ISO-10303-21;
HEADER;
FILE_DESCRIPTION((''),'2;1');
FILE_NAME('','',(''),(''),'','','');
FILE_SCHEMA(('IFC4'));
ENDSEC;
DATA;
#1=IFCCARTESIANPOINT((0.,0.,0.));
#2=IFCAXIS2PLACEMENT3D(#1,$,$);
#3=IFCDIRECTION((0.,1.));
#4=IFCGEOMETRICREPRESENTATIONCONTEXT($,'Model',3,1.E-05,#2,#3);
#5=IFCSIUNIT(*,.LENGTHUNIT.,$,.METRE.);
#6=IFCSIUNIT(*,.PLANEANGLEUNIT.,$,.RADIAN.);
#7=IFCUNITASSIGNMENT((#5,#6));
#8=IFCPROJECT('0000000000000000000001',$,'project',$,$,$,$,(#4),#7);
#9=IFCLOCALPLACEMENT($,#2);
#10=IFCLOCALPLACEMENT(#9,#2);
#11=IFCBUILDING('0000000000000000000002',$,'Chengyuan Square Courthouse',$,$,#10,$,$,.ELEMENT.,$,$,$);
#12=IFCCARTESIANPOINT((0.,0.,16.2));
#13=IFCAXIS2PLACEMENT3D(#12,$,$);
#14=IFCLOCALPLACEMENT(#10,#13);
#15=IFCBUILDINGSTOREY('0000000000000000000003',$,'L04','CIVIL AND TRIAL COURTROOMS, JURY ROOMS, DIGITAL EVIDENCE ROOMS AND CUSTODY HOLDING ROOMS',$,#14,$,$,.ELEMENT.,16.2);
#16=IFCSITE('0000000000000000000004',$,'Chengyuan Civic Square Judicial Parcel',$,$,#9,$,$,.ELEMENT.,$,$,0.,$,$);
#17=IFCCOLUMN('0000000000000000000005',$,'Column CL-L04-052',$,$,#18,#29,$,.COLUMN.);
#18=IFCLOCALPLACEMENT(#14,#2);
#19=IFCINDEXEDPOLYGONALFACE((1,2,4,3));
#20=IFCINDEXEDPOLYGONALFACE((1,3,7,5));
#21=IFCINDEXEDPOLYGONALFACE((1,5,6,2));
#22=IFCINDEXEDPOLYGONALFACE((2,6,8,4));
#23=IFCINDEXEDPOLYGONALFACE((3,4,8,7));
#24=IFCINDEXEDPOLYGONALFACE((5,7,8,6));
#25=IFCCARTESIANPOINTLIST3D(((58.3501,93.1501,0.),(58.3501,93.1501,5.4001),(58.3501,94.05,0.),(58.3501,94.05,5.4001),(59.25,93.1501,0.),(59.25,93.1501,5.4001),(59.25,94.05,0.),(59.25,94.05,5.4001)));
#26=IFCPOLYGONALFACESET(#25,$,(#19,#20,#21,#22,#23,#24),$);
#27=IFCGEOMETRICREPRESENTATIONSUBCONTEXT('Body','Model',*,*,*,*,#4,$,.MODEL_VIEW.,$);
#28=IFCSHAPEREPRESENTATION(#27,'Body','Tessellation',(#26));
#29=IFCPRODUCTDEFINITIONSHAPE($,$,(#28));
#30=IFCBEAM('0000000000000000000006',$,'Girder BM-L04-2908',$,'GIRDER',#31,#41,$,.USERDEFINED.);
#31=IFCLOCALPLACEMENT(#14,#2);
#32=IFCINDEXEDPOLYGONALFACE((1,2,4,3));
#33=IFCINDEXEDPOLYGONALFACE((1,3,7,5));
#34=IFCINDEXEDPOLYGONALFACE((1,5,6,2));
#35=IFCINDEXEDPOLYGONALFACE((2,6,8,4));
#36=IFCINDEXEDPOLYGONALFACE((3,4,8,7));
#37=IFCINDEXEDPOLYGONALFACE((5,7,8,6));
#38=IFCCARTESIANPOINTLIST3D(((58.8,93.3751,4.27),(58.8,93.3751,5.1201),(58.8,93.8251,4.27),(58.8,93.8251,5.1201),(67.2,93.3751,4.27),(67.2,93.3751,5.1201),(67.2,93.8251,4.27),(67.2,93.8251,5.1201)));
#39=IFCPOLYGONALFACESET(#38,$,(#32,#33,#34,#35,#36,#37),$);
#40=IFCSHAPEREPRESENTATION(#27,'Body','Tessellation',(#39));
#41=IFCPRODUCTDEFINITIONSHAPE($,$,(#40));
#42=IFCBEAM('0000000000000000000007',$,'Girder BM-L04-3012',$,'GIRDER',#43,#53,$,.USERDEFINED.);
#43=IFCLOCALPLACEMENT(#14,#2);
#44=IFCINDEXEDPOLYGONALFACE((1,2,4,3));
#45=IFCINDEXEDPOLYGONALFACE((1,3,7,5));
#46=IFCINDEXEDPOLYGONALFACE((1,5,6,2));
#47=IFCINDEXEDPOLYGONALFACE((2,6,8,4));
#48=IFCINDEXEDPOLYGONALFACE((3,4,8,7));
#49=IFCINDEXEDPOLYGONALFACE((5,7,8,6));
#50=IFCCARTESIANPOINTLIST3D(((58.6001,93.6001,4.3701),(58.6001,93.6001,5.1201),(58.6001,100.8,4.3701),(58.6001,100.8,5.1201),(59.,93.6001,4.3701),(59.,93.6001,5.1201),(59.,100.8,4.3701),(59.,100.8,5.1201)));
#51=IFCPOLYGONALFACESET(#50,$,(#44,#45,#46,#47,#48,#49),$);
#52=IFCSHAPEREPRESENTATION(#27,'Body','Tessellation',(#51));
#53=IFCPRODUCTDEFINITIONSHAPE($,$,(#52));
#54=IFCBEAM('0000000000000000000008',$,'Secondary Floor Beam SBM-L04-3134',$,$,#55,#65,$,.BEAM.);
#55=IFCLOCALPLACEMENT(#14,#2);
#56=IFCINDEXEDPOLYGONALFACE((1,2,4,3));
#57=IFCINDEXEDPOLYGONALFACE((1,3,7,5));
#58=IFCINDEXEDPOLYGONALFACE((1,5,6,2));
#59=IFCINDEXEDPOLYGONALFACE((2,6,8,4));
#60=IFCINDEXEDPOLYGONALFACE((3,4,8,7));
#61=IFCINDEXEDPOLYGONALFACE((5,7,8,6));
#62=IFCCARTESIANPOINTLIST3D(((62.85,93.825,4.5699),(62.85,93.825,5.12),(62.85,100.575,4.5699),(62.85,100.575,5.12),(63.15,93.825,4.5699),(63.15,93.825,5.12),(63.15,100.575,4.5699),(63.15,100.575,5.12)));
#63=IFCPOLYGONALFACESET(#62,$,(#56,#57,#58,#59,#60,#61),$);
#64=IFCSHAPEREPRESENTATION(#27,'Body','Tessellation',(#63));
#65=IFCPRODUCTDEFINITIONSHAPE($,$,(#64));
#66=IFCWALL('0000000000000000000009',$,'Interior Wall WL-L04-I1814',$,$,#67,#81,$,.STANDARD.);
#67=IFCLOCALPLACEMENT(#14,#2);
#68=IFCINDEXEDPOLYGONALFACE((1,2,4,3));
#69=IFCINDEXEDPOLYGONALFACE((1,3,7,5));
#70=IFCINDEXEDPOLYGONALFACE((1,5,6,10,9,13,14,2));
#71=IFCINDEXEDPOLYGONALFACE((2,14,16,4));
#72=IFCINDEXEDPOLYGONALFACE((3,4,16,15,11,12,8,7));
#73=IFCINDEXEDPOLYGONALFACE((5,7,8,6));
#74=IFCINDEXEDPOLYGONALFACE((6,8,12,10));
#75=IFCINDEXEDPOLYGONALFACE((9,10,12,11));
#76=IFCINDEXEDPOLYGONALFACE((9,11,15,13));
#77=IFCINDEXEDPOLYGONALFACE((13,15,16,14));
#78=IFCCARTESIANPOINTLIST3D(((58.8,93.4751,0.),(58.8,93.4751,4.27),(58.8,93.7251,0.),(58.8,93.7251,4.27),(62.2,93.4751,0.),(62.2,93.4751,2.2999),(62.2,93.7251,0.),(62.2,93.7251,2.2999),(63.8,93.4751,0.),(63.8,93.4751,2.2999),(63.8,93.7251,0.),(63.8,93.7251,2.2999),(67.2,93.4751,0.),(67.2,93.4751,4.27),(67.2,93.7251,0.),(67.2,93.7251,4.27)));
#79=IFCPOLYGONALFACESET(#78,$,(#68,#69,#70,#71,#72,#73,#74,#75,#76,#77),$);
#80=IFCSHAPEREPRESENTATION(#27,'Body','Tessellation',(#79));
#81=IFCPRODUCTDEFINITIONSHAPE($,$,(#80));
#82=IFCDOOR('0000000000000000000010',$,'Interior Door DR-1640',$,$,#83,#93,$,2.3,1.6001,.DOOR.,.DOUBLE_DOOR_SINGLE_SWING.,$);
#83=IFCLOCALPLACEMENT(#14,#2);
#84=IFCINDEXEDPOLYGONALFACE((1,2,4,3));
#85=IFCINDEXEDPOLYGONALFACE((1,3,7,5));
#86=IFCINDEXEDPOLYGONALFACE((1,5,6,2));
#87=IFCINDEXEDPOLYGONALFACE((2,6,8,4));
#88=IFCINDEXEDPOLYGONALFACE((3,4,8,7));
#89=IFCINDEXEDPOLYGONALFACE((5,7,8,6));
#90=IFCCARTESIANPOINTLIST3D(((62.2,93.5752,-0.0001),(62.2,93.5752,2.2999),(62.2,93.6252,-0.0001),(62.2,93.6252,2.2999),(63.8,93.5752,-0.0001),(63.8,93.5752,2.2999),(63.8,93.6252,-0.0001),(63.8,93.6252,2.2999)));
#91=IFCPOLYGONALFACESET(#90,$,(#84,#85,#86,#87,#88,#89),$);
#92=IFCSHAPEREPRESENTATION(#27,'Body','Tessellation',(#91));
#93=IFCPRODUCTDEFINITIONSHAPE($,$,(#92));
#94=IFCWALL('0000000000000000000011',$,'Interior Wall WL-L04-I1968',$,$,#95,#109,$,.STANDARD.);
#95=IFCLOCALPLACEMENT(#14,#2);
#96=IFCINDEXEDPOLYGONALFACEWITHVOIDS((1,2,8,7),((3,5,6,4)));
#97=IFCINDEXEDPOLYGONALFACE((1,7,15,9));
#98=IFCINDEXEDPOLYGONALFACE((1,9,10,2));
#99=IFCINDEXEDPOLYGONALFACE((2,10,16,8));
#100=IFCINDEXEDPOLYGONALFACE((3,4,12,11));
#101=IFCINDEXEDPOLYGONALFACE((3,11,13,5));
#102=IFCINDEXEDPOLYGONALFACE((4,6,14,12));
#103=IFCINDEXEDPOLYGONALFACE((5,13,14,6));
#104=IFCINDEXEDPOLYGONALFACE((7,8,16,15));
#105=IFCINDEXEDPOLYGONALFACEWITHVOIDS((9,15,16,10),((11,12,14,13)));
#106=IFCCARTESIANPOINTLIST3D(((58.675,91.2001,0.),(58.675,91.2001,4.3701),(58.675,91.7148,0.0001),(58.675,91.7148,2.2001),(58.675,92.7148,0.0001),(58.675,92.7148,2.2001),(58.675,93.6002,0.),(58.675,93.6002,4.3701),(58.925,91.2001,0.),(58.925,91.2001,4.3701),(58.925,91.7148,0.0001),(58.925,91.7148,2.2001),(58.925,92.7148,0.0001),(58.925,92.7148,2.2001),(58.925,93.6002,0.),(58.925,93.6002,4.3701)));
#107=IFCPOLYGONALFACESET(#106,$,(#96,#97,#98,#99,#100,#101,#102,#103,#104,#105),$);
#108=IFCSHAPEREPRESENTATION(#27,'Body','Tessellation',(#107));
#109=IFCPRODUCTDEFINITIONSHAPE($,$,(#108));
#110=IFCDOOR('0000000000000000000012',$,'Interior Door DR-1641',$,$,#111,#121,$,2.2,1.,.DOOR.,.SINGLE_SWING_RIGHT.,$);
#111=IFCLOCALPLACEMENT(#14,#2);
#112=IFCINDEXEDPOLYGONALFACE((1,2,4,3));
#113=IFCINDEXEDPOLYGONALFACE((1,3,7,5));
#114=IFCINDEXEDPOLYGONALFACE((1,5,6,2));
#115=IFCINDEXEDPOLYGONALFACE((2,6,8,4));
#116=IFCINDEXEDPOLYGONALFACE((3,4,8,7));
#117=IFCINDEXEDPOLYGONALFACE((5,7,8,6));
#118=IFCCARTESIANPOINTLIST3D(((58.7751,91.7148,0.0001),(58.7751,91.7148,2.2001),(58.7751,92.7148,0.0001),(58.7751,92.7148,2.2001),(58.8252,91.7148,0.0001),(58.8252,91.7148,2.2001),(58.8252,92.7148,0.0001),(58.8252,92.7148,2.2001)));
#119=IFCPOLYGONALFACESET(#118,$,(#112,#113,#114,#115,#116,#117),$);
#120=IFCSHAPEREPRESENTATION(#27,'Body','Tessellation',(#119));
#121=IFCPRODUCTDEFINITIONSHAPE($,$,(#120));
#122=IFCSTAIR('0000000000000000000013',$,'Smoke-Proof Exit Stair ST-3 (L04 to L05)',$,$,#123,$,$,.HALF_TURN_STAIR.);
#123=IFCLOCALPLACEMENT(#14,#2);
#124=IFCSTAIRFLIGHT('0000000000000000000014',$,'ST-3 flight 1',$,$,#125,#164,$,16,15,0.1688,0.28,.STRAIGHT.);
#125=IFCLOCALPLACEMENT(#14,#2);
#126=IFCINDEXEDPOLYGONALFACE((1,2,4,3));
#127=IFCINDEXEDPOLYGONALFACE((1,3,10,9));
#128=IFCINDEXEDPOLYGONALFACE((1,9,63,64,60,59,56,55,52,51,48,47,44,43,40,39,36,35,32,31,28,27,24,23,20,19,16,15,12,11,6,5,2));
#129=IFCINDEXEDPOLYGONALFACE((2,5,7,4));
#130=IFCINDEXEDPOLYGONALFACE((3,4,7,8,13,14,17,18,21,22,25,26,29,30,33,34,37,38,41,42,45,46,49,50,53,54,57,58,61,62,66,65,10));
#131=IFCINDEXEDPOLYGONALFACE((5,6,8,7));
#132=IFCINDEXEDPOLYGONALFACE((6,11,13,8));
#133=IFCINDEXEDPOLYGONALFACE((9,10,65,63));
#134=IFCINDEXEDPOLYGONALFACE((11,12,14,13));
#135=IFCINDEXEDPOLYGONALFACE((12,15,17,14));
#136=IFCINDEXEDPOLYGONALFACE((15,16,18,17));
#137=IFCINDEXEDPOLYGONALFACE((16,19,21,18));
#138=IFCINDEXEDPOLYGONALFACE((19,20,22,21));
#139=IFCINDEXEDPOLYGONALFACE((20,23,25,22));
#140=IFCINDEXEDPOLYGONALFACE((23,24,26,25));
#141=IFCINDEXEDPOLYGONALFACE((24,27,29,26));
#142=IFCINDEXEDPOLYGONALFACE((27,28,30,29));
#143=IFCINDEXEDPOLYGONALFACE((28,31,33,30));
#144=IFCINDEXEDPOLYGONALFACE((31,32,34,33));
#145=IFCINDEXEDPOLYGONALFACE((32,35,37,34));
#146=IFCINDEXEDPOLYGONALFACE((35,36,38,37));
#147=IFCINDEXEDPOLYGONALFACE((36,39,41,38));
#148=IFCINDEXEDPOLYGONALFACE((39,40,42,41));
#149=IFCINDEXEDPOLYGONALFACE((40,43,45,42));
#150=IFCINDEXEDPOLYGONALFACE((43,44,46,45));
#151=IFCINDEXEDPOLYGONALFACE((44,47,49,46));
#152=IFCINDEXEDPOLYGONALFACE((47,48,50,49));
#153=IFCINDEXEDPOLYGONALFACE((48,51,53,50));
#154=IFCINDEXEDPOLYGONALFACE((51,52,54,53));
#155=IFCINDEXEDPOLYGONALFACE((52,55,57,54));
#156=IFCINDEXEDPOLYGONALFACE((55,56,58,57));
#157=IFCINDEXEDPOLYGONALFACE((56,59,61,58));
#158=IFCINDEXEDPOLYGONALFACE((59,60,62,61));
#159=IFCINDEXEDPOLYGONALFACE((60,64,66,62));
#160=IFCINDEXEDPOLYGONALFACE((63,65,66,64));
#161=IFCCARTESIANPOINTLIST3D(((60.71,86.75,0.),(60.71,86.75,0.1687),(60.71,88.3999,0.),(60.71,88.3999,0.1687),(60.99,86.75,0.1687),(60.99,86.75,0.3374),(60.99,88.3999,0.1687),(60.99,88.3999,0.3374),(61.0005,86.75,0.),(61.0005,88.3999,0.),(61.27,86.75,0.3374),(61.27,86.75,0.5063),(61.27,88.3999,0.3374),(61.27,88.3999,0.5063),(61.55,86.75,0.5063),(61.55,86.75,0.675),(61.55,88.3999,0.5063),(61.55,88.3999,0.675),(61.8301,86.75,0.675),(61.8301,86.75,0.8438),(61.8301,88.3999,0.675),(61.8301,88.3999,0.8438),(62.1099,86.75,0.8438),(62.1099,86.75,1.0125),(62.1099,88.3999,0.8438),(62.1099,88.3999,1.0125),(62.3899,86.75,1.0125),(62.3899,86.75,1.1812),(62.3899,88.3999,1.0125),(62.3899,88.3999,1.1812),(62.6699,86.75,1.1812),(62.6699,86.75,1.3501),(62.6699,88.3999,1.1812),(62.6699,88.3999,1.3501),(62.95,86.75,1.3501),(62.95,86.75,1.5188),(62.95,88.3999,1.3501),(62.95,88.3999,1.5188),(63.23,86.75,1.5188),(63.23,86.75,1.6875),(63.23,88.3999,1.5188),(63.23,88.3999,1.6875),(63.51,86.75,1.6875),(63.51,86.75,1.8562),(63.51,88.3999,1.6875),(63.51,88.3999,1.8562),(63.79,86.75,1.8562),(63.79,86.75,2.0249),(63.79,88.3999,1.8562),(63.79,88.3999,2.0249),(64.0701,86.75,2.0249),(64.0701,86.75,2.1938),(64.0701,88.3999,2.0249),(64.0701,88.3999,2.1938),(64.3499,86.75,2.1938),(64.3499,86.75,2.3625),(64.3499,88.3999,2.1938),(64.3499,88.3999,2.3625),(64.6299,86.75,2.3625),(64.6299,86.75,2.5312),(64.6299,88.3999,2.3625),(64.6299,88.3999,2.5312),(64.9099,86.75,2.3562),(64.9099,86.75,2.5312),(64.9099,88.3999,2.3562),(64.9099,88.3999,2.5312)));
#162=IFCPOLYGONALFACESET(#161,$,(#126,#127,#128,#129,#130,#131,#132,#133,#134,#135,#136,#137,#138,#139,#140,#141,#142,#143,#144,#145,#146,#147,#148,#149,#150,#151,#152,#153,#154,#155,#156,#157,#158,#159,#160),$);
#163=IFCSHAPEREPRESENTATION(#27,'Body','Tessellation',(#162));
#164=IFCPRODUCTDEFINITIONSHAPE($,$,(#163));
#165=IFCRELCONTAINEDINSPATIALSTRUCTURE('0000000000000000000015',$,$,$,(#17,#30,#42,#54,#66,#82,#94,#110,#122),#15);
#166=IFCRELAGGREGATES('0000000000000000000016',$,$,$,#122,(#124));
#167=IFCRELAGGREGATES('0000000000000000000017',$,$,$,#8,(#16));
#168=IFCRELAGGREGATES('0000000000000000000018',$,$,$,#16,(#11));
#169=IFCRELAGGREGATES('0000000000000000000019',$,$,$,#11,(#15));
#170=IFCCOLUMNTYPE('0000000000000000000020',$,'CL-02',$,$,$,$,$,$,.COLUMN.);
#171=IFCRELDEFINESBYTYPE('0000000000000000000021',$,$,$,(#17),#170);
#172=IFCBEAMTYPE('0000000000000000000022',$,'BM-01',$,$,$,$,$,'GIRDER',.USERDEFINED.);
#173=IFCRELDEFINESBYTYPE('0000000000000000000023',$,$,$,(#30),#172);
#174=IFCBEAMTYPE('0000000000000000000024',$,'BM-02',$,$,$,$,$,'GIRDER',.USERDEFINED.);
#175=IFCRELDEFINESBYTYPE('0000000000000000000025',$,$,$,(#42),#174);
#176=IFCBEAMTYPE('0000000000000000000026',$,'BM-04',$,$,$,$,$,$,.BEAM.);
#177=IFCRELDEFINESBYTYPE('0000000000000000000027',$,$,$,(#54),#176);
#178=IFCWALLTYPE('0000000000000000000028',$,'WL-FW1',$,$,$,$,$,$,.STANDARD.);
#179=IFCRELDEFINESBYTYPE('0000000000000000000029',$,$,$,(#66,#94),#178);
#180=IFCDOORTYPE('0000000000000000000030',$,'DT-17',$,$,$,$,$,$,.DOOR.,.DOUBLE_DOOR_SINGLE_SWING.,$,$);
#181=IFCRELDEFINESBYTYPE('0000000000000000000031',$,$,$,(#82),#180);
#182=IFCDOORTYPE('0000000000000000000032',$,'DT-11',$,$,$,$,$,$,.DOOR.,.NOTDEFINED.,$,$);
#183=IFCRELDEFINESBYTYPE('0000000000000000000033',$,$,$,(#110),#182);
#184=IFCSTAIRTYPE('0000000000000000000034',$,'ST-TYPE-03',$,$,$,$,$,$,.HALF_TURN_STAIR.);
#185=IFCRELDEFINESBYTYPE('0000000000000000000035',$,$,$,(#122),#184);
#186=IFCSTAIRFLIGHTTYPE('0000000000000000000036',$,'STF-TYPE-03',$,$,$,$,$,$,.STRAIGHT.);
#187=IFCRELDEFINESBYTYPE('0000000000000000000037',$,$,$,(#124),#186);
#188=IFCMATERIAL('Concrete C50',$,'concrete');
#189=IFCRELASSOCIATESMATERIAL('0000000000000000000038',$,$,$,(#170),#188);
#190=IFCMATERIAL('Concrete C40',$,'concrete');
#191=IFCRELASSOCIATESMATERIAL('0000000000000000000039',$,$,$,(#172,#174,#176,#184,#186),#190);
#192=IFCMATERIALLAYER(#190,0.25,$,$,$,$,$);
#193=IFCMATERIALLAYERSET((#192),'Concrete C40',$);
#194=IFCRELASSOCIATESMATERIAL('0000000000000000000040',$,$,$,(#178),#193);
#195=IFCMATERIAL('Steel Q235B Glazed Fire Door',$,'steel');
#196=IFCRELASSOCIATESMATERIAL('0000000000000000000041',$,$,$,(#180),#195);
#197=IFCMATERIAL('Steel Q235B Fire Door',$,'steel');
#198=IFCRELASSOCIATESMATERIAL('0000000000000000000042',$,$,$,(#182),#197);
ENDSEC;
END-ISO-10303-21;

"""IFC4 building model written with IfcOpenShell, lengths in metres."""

from ifc_helpers import new_model, si_unit, direction, frame, frame_2d, origin, origin_2d, place, context, subcontext, project, spatial, polyline, rectangle, outline, extrude, material, layer, layer_set, material_profile, profile_set, type_object, element, fill, aggregate, save


model = new_model("IFC4")

# Units and contexts
model_context = context("Model", 3, precision=1e-05, world=origin(), true_north=direction((0.0, 1.0)))
body_context = subcontext(model_context, "Body", "Model", "MODEL_VIEW")
ifc_project = project(units=[si_unit("LENGTHUNIT", "METRE"), si_unit("PLANEANGLEUNIT", "RADIAN")], contexts=[model_context])

# Site, building, storey
site_placement = place(None, origin())
site = spatial("IfcSite", under=ifc_project, at=site_placement, Name="Chengyuan Civic Square Judicial Parcel", CompositionType="ELEMENT", RefElevation=0.0)
building_placement = place(site_placement, origin())
building = spatial("IfcBuilding", under=site, at=building_placement, Name="Chengyuan Square Courthouse", CompositionType="ELEMENT")
storey_placement = place(building_placement, frame((0.0, 0.0, 16.2)))
storey = spatial("IfcBuildingStorey", under=building, at=storey_placement, Name="L04", Description="CIVIL AND TRIAL COURTROOMS, JURY ROOMS, DIGITAL EVIDENCE ROOMS AND CUSTODY HOLDING ROOMS", CompositionType="ELEMENT", Elevation=16.2)

# Column
ifc_material_1 = material(Name="Concrete C50", Category="concrete")
ifc_material_profile_1 = material_profile(ifc_material_1, rectangle(XDim=0.8999, YDim=0.8999, at=origin_2d()), Name="RC-COL-900x900")
ifc_profile_set_1 = profile_set([ifc_material_profile_1], Name="Concrete C50")
column_type = type_object("IfcColumnType", Name="CL-02", PredefinedType="COLUMN", material=ifc_profile_set_1)
column_placement = place(storey_placement, frame((58.8, 93.6001, 0.0), z_axis=(0.0, 0.0, 1.0), x_axis=(1.0, 0.0, 0.0)))
element("IfcColumn", 1, at=column_placement, inside=storey, type_object=column_type, Name="Column CL-L04-052", PredefinedType="COLUMN", context=body_context, shape_type="SweptSolid", body=[
    extrude(rectangle(XDim=0.8999, YDim=0.8999, at=origin_2d()), origin(), (0.0, 0.0, 1.0), 5.4001),
])

# Beams
ifc_material_2 = material(Name="Concrete C40", Category="concrete")
ifc_material_profile_2 = material_profile(ifc_material_2, rectangle(XDim=0.45, YDim=0.8501, at=origin_2d()), Name="RC-BM-450x850")
ifc_profile_set_2 = profile_set([ifc_material_profile_2], Name="Concrete C40")
beam_type_1 = type_object("IfcBeamType", Name="BM-01", ElementType="GIRDER", PredefinedType="USERDEFINED", material=ifc_profile_set_2)
beam_1_placement = place(storey_placement, frame((58.8, 93.6001, 4.6951), z_axis=(1.0, 0.0, 0.0), x_axis=(0.0, 1.0, 0.0)))
element("IfcBeam", 2, at=beam_1_placement, inside=storey, type_object=beam_type_1, Name="Girder BM-L04-2908", ObjectType="GIRDER", PredefinedType="USERDEFINED", context=body_context, shape_type="SweptSolid", body=[
    extrude(rectangle(XDim=0.45, YDim=0.8501, at=origin_2d()), origin(), (0.0, 0.0, 1.0), 8.3999),
])
ifc_material_profile_3 = material_profile(ifc_material_2, rectangle(XDim=0.3999, YDim=0.75, at=origin_2d()), Name="RC-BM-400x750")
ifc_profile_set_3 = profile_set([ifc_material_profile_3], Name="Concrete C40")
beam_type_2 = type_object("IfcBeamType", Name="BM-02", ElementType="GIRDER", PredefinedType="USERDEFINED", material=ifc_profile_set_3)
beam_2_placement = place(storey_placement, frame((58.8, 93.6001, 4.7451), z_axis=(0.0, 1.0, 0.0), x_axis=(-1.0, 0.0, 0.0)))
element("IfcBeam", 3, at=beam_2_placement, inside=storey, type_object=beam_type_2, Name="Girder BM-L04-3012", ObjectType="GIRDER", PredefinedType="USERDEFINED", context=body_context, shape_type="SweptSolid", body=[
    extrude(rectangle(XDim=0.3999, YDim=0.75, at=origin_2d()), origin(), (0.0, 0.0, 1.0), 7.2),
])
ifc_material_profile_4 = material_profile(ifc_material_2, rectangle(XDim=0.3, YDim=0.55, at=origin_2d()), Name="RC-BM-300x550")
ifc_profile_set_4 = profile_set([ifc_material_profile_4], Name="Concrete C40")
beam_type_3 = type_object("IfcBeamType", Name="BM-04", PredefinedType="BEAM", material=ifc_profile_set_4)
beam_3_placement = place(storey_placement, frame((63.0, 93.825, 4.845), z_axis=(0.0, 1.0, 0.0), x_axis=(-1.0, 0.0, 0.0)))
element("IfcBeam", 4, at=beam_3_placement, inside=storey, type_object=beam_type_3, Name="Secondary Floor Beam SBM-L04-3134", PredefinedType="BEAM", context=body_context, shape_type="SweptSolid", body=[
    extrude(rectangle(XDim=0.3, YDim=0.55, at=origin_2d()), origin(), (0.0, 0.0, 1.0), 6.75),
])

# Walls, openings, doors
ifc_layer = layer(ifc_material_2, 0.25)
ifc_layer_set = layer_set([ifc_layer], Name="Concrete C40")
wall_type = type_object("IfcWallType", Name="WL-FW1", PredefinedType="STANDARD", material=ifc_layer_set)
wall_1_placement = place(storey_placement, frame((58.8, 93.6001, 0.0), z_axis=(0.0, 0.0, 1.0), x_axis=(1.0, 0.0, 0.0)))
wall_1 = element("IfcWall", 5, at=wall_1_placement, inside=storey, type_object=wall_type, Name="Interior Wall WL-L04-I1814", PredefinedType="STANDARD", context=body_context, shape_type="SweptSolid", body=[
    extrude(rectangle(XDim=8.3999, YDim=0.25, at=frame_2d((4.2, 0.0))), origin(), (0.0, 0.0, 1.0), 4.27),
])
opening_1_placement = place(wall_1_placement, frame((3.3999, 0.0, 0.0)))
opening_1 = element("IfcOpeningElement", 6, at=opening_1_placement, cuts=wall_1, PredefinedType="OPENING", context=body_context, shape_type="SweptSolid", body=[
    extrude(rectangle(XDim=1.6001, YDim=2.3, at=frame_2d((0.8, 1.1499))), frame((0.0, 0.137, 0.0), z_axis=(0.0, -1.0, 0.0), x_axis=(1.0, 0.0, 0.0)), (0.0, 0.0, 1.0), 0.2739),
])
ifc_material_3 = material(Name="Steel Q235B Glazed Fire Door", Category="steel")
door_type_1 = type_object("IfcDoorType", Name="DT-17", OperationType="DOUBLE_DOOR_SINGLE_SWING", PredefinedType="DOOR", material=ifc_material_3)
door_1_placement = place(opening_1_placement, frame((1.6001, 0.0, 0.0), z_axis=(0.0, 0.0, 1.0), x_axis=(-1.0, 0.0, 0.0)))
door_1 = element("IfcDoor", 7, at=door_1_placement, inside=storey, type_object=door_type_1, Name="Interior Door DR-1640", OperationType="DOUBLE_DOOR_SINGLE_SWING", OverallHeight=2.3, OverallWidth=1.6001, PredefinedType="DOOR", context=body_context, shape_type="SweptSolid", body=[
    extrude(rectangle(XDim=1.6001, YDim=2.3, at=frame_2d((0.8, 1.1499))), frame((0.0, 0.0249, 0.0), z_axis=(0.0, -1.0, 0.0), x_axis=(1.0, 0.0, 0.0)), (0.0, 0.0, 1.0), 0.05),
])
fill(opening_1, door_1)
wall_2_placement = place(storey_placement, frame((58.8, 91.2, 0.0), z_axis=(0.0, 0.0, 1.0), x_axis=(0.0, 1.0, 0.0)))
wall_2 = element("IfcWall", 8, at=wall_2_placement, inside=storey, type_object=wall_type, Name="Interior Wall WL-L04-I1968", PredefinedType="STANDARD", context=body_context, shape_type="SweptSolid", body=[
    extrude(rectangle(XDim=2.4001, YDim=0.25, at=frame_2d((1.2002, 0.0))), origin(), (0.0, 0.0, 1.0), 4.3701),
])
opening_2_placement = place(wall_2_placement, frame((0.5149, 0.0, 0.0)))
opening_2 = element("IfcOpeningElement", 9, at=opening_2_placement, cuts=wall_2, PredefinedType="OPENING", context=body_context, shape_type="SweptSolid", body=[
    extrude(rectangle(XDim=1.0, YDim=2.2, at=frame_2d((0.5, 1.1001))), frame((0.0, 0.137, 0.0), z_axis=(0.0, -1.0, 0.0), x_axis=(1.0, 0.0, 0.0)), (0.0, 0.0, 1.0), 0.2739),
])
ifc_material_4 = material(Name="Steel Q235B Fire Door", Category="steel")
door_type_2 = type_object("IfcDoorType", Name="DT-11", OperationType="NOTDEFINED", PredefinedType="DOOR", material=ifc_material_4)
door_2_placement = place(opening_2_placement, origin())
door_2 = element("IfcDoor", 10, at=door_2_placement, inside=storey, type_object=door_type_2, Name="Interior Door DR-1641", OperationType="SINGLE_SWING_RIGHT", OverallHeight=2.2, OverallWidth=1.0, PredefinedType="DOOR", context=body_context, shape_type="SweptSolid", body=[
    extrude(rectangle(XDim=1.0, YDim=2.2, at=frame_2d((0.5, 1.1001))), frame((0.0, 0.0249, 0.0), z_axis=(0.0, -1.0, 0.0), x_axis=(1.0, 0.0, 0.0)), (0.0, 0.0, 1.0), 0.05),
])
fill(opening_2, door_2)

# Stair, stair flight
stair_type = type_object("IfcStairType", Name="ST-TYPE-03", PredefinedType="HALF_TURN_STAIR", material=ifc_material_2)
stair_placement = place(storey_placement, origin())
stair = element("IfcStair", 11, at=stair_placement, inside=storey, type_object=stair_type, Name="Smoke-Proof Exit Stair ST-3 (L04 to L05)", PredefinedType="HALF_TURN_STAIR")
stair_flight_type = type_object("IfcStairFlightType", Name="STF-TYPE-03", PredefinedType="STRAIGHT", material=ifc_material_2)
stair_flight_1_placement = place(storey_placement, frame((60.71, 87.575, 0.0), z_axis=(0.0, 0.0, 1.0), x_axis=(1.0, 0.0, 0.0)))
stair_flight_1 = element("IfcStairFlight", 12, at=stair_flight_1_placement, type_object=stair_flight_type, Name="ST-3 flight 1", NumberOfRisers=16, NumberOfTreads=15, PredefinedType="STRAIGHT", RiserHeight=0.1688, TreadLength=0.28, context=body_context, shape_type="SweptSolid", body=[
    extrude(outline(polyline([(0.0, 0.0), (0.0, 0.1687), (0.28, 0.1687), (0.28, 0.3374), (0.5601, 0.3374), (0.5601, 0.5063), (0.8401, 0.5063), (0.8401, 0.675), (1.1201, 0.675), (1.1201, 0.8438), (1.3999, 0.8438), (1.3999, 1.0125), (1.6799, 1.0125), (1.6799, 1.1812), (1.96, 1.1812), (1.96, 1.3501), (2.24, 1.3501), (2.24, 1.5188), (2.52, 1.5188), (2.52, 1.6875), (2.8, 1.6875), (2.8, 1.8562), (3.0801, 1.8562), (3.0801, 2.0249), (3.3601, 2.0249), (3.3601, 2.1938), (3.6399, 2.1938), (3.6399, 2.3625), (3.9199, 2.3625), (3.9199, 2.5312), (4.2, 2.5312), (4.2, 2.7), (4.2, 2.3562), (0.2905, 0.0), (0.0, 0.0)])), frame((0.0, 0.825, 0.0), z_axis=(0.0, -1.0, 0.0), x_axis=(1.0, 0.0, 0.0)), (0.0, 0.0, 1.0), 1.6499),
])
aggregate(stair, [stair_flight_1])

save(model, "model.ifc")
